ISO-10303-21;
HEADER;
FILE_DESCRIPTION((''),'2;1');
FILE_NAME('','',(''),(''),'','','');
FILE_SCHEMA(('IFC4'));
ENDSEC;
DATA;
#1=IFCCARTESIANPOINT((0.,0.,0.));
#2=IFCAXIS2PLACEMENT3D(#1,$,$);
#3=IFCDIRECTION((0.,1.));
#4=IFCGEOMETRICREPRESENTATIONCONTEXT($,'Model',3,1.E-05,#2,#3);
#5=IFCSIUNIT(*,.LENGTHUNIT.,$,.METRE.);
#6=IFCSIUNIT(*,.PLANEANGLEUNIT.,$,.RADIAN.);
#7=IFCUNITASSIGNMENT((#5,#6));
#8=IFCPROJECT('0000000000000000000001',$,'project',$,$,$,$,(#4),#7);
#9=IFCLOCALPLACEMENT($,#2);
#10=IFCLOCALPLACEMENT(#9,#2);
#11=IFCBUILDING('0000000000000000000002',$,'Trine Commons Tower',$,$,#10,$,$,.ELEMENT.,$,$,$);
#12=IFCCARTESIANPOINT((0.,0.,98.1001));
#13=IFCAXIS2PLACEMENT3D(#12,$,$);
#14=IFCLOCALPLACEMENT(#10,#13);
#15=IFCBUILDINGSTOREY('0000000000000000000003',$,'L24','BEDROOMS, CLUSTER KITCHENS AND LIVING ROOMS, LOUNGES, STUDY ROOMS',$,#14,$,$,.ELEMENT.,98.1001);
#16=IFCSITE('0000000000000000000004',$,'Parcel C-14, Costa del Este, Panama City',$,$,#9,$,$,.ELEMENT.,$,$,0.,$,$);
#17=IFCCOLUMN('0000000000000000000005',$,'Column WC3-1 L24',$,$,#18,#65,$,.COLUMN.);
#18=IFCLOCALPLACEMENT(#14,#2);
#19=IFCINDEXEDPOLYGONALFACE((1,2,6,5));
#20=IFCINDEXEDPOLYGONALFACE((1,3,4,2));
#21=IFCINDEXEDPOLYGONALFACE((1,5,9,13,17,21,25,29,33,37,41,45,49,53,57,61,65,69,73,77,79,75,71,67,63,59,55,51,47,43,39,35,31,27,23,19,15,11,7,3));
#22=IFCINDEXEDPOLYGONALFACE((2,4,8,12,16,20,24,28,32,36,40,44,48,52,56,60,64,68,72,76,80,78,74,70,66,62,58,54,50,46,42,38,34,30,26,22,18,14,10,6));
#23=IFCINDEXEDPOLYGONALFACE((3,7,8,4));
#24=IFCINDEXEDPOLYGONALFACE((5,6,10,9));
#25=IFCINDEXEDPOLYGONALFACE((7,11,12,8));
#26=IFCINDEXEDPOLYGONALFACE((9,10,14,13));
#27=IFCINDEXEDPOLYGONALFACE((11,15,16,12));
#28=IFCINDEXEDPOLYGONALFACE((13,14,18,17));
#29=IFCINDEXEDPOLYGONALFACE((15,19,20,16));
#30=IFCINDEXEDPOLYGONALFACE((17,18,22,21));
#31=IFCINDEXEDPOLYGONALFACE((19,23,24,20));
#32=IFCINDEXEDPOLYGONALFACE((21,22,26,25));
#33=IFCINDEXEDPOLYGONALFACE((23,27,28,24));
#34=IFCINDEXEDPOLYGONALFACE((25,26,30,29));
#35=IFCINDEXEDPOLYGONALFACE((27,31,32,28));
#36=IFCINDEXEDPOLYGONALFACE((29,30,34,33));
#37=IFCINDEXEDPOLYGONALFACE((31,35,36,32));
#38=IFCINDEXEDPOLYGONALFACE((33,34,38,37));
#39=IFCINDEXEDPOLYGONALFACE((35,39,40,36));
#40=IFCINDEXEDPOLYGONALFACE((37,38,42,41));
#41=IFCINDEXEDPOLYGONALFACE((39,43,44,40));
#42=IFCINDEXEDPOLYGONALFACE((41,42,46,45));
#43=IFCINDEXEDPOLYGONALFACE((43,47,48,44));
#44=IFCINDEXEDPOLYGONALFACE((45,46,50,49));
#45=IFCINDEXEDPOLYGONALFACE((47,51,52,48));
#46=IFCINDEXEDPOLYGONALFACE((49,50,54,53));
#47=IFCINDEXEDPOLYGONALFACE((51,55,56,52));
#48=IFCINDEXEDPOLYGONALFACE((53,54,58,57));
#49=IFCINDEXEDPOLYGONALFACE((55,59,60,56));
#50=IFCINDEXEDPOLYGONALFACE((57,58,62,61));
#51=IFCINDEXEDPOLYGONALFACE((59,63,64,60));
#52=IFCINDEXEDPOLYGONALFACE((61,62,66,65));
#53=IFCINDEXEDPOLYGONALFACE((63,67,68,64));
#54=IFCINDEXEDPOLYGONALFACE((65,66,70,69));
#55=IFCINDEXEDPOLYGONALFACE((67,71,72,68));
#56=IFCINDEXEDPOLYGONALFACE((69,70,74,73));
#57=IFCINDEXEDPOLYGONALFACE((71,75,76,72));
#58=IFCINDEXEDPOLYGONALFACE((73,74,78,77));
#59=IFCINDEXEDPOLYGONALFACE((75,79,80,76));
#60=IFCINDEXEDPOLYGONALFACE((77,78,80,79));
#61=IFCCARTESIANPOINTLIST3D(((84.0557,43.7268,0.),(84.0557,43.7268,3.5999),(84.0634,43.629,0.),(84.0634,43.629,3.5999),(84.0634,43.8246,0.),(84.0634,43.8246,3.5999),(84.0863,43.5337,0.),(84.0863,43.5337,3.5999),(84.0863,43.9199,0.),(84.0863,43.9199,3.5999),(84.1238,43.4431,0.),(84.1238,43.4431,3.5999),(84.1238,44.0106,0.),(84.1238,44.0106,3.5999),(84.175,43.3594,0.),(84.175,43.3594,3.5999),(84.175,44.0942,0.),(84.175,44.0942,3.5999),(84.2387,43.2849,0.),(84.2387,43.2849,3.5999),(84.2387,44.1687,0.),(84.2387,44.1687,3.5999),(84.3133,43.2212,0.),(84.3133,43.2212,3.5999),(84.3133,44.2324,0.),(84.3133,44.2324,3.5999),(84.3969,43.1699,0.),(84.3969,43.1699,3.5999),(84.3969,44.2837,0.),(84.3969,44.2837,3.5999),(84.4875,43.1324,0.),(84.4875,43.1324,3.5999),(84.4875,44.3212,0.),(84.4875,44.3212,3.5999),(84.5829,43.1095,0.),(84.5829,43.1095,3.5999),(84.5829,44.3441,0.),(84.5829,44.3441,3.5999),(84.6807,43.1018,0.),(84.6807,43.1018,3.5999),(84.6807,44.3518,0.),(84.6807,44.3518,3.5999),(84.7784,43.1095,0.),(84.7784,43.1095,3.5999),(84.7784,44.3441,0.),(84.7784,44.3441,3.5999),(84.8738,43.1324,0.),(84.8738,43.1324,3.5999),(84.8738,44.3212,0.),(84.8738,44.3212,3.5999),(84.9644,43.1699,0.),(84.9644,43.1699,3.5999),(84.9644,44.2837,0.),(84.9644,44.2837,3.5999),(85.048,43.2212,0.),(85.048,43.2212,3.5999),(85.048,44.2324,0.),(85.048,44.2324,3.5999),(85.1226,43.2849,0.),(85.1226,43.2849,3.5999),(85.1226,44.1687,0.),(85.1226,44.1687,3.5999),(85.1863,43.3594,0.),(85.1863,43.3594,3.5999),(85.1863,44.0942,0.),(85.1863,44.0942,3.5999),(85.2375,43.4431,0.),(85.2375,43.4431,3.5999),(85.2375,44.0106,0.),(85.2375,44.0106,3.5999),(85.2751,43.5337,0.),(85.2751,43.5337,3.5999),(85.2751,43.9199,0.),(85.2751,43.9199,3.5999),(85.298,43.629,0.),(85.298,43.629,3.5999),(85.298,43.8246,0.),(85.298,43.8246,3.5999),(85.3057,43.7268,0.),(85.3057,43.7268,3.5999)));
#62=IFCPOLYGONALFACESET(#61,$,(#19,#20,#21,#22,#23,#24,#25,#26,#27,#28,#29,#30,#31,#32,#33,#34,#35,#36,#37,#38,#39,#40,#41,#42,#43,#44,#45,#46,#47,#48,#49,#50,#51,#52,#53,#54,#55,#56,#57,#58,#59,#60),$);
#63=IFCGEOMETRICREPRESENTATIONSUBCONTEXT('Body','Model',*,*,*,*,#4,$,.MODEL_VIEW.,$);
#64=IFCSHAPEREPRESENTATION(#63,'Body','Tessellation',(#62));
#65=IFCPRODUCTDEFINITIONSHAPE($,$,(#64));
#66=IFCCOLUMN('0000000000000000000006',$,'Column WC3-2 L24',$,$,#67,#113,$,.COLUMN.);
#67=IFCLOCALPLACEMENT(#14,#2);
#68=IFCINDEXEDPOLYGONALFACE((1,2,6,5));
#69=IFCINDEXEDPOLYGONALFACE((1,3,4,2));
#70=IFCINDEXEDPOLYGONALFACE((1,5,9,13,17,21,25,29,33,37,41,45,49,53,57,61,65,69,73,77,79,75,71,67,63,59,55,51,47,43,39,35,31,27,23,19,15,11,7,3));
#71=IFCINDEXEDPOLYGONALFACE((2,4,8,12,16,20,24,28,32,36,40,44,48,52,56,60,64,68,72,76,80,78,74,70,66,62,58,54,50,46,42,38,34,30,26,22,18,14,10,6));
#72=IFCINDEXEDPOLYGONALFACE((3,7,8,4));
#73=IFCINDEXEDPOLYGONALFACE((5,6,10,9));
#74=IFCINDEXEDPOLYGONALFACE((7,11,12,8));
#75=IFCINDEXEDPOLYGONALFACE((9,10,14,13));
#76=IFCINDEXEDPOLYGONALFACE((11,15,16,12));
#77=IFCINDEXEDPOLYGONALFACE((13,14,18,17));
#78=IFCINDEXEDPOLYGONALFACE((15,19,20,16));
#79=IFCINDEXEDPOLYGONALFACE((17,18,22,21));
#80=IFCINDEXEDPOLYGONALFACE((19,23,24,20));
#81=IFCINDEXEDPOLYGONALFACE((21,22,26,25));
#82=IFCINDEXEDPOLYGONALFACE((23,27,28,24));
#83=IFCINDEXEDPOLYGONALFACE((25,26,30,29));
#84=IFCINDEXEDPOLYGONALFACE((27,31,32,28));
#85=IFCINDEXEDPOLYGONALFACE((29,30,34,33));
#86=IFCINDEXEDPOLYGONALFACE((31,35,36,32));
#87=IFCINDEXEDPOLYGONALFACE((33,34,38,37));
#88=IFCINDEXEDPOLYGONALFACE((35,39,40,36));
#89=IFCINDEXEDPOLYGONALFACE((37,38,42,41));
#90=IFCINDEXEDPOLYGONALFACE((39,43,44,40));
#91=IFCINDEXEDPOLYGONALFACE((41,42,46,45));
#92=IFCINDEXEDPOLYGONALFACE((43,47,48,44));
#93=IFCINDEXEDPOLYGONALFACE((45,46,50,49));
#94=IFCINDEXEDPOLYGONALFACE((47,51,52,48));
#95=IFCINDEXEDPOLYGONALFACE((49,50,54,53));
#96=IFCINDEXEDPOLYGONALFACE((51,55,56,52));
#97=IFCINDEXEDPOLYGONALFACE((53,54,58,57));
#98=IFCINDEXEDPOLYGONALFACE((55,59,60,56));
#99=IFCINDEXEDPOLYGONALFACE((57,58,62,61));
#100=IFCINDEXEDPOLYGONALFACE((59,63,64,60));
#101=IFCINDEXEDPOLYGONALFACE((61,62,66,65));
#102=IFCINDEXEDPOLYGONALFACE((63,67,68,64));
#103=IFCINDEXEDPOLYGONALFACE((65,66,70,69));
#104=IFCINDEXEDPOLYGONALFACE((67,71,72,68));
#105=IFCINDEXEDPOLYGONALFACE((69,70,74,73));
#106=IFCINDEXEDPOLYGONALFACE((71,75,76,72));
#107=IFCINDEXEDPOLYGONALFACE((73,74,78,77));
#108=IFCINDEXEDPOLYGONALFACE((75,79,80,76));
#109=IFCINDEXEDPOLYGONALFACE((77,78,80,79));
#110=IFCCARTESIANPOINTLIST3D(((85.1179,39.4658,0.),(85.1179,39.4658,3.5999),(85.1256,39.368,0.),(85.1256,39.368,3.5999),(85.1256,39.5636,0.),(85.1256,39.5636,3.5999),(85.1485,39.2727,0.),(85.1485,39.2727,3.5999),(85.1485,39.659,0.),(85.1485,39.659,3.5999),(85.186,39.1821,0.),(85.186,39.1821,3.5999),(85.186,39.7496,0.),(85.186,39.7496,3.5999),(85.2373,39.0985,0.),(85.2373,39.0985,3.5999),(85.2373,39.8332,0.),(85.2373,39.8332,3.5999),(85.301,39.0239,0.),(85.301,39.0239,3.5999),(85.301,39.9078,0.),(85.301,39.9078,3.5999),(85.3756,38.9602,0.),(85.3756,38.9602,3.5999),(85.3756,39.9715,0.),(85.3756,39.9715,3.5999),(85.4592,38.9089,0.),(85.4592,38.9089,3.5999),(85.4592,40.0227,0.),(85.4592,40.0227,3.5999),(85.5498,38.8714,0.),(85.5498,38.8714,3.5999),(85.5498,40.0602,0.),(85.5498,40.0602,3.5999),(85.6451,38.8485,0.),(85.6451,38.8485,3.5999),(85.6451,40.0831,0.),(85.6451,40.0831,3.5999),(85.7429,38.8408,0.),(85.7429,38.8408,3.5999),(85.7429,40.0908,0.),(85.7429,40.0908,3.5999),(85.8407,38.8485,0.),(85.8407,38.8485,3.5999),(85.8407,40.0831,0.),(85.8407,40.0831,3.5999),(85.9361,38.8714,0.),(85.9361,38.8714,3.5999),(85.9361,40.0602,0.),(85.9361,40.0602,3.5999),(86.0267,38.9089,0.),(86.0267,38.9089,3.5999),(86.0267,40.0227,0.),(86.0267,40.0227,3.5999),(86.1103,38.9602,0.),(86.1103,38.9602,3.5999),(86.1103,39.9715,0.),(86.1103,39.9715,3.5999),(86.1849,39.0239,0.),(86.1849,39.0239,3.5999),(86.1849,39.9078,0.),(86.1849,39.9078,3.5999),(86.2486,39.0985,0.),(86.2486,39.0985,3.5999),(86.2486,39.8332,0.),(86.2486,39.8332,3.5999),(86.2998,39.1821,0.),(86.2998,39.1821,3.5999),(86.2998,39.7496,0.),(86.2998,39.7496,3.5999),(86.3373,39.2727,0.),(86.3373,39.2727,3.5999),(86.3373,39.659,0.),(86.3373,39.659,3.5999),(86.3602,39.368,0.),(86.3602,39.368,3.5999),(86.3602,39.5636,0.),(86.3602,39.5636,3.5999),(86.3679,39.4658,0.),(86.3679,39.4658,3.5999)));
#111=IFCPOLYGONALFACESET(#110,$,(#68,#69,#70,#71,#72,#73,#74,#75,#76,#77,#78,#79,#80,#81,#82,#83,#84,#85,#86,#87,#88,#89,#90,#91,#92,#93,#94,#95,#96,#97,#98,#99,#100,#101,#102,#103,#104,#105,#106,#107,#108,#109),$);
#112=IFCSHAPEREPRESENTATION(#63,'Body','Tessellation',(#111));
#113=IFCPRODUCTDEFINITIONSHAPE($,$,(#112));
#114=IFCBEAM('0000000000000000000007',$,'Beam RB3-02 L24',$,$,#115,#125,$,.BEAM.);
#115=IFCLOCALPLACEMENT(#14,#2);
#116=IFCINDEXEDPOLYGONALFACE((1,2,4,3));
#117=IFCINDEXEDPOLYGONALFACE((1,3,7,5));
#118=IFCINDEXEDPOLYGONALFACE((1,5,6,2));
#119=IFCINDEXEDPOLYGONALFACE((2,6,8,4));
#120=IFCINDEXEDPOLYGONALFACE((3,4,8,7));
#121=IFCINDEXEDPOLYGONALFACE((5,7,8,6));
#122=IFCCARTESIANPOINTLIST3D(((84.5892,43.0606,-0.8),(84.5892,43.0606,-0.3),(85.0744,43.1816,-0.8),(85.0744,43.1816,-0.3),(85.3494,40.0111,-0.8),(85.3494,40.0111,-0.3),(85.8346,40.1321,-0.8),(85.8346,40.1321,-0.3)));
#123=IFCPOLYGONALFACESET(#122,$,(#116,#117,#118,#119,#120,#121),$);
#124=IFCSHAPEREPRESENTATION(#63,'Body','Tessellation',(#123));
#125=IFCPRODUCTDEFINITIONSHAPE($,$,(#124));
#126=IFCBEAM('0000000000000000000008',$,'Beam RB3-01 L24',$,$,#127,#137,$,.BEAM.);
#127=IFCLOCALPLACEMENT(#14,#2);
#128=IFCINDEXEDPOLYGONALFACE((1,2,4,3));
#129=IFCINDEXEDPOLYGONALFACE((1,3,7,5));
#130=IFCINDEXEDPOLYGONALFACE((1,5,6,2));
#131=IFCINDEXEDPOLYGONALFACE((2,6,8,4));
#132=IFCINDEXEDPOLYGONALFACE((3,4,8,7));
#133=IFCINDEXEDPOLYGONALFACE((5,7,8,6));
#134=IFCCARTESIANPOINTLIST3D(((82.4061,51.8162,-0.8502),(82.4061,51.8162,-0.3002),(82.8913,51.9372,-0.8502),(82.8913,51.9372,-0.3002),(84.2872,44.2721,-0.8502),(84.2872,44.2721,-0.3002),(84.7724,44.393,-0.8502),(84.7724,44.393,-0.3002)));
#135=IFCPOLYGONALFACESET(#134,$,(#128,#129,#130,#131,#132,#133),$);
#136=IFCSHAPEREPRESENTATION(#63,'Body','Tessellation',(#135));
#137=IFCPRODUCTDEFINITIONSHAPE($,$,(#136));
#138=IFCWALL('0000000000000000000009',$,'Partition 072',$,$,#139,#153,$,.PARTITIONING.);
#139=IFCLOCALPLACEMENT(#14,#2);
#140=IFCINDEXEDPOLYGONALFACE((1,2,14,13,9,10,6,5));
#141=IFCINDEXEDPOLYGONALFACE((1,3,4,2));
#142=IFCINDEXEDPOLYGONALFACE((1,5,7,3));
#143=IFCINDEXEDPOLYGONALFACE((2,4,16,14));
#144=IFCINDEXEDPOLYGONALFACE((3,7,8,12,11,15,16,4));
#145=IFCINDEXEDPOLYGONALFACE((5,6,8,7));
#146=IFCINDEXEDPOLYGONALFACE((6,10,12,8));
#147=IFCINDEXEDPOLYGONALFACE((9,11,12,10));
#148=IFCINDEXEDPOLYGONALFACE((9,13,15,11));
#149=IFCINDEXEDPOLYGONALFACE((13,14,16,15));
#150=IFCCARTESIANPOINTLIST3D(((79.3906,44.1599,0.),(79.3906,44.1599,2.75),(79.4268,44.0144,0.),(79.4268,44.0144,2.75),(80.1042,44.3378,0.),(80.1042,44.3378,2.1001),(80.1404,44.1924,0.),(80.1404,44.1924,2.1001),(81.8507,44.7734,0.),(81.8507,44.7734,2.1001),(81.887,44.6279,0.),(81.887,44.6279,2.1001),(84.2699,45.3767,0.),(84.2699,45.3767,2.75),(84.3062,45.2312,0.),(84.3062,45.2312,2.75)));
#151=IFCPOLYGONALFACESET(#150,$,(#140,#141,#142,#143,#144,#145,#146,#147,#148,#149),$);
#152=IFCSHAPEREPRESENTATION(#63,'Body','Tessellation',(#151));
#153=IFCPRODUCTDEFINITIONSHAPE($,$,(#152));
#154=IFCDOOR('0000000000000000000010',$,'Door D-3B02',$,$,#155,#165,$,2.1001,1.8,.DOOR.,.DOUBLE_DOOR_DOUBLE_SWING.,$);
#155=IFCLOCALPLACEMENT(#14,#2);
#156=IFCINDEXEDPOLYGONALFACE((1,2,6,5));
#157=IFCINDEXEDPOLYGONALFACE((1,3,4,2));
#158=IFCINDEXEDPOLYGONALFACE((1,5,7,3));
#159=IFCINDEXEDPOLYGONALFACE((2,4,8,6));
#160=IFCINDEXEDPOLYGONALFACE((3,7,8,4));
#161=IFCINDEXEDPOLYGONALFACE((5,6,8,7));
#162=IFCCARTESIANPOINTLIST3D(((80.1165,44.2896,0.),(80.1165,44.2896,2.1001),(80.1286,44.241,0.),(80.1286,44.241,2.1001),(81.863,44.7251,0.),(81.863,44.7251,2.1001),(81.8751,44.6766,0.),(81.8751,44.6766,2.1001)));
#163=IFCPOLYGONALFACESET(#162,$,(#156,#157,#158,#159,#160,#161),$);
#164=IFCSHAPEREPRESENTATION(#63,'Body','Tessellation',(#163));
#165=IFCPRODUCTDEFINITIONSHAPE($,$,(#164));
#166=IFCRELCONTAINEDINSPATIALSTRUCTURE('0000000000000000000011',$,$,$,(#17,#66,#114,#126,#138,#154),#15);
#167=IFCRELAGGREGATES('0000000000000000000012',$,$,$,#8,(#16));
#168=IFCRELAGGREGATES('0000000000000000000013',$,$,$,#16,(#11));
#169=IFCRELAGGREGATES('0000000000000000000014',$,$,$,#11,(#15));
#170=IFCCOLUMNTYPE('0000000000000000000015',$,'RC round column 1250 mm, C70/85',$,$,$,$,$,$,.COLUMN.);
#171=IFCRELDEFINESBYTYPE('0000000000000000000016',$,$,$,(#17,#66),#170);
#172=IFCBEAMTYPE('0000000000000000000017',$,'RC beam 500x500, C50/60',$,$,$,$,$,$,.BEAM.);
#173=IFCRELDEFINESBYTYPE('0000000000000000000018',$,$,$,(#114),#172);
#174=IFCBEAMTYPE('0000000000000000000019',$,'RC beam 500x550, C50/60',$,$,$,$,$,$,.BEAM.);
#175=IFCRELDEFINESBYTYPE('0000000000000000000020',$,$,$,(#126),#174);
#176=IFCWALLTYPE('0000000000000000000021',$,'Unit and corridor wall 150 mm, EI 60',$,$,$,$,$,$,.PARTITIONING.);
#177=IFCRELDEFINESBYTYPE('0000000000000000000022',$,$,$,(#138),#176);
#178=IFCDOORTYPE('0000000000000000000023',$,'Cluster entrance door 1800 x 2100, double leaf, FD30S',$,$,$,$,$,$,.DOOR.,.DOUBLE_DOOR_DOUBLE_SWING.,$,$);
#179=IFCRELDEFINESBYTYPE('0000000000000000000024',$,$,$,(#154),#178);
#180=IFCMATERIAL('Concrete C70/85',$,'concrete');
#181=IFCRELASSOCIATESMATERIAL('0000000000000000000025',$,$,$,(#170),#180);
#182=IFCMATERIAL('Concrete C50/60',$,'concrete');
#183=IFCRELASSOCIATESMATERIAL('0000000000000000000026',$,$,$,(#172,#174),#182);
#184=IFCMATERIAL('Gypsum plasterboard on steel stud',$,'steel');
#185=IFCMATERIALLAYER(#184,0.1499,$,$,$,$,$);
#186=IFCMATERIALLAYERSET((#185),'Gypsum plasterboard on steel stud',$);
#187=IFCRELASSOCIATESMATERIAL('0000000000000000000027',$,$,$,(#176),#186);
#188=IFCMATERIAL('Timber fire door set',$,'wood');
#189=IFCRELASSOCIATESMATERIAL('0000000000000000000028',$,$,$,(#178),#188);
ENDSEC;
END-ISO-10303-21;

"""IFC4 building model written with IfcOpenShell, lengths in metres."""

from ifc_helpers import new_model, si_unit, direction, frame, frame_2d, origin, origin_2d, place, context, subcontext, project, spatial, rectangle, circle, extrude, material, layer, layer_set, material_profile, profile_set, type_object, element, fill, save


model = new_model("IFC4")

# Units and contexts
model_context = context("Model", 3, precision=1e-05, world=origin(), true_north=direction((0.0, 1.0)))
body_context = subcontext(model_context, "Body", "Model", "MODEL_VIEW")
ifc_project = project(units=[si_unit("LENGTHUNIT", "METRE"), si_unit("PLANEANGLEUNIT", "RADIAN")], contexts=[model_context])

# Site, building, storey
site_placement = place(None, origin())
site = spatial("IfcSite", under=ifc_project, at=site_placement, Name="Parcel C-14, Costa del Este, Panama City", CompositionType="ELEMENT", RefElevation=0.0)
building_placement = place(site_placement, origin())
building = spatial("IfcBuilding", under=site, at=building_placement, Name="Trine Commons Tower", CompositionType="ELEMENT")
storey_placement = place(building_placement, frame((0.0, 0.0, 98.1001)))
storey = spatial("IfcBuildingStorey", under=building, at=storey_placement, Name="L24", Description="BEDROOMS, CLUSTER KITCHENS AND LIVING ROOMS, LOUNGES, STUDY ROOMS", CompositionType="ELEMENT", Elevation=98.1001)

# Columns
ifc_material_1 = material(Name="Concrete C70/85", Category="concrete")
ifc_material_profile_1 = material_profile(ifc_material_1, circle(Radius=0.625, at=origin_2d()), Name="RC round 1250")
ifc_profile_set_1 = profile_set([ifc_material_profile_1], Name="Concrete C70/85")
column_type = type_object("IfcColumnType", Name="RC round column 1250 mm, C70/85", PredefinedType="COLUMN", material=ifc_profile_set_1)
for number, where, z_axis, x_axis, name in (
    (1, (84.6807, 43.7268, 0.0), (0.0, 0.0, 1.0), (1.0, 0.0, 0.0), "Column WC3-1 L24"),
    (2, (85.7429, 39.4658, 0.0), (0.0, 0.0, 1.0), (1.0, 0.0, 0.0), "Column WC3-2 L24"),
):
    element("IfcColumn", number, at=place(storey_placement, frame(where, z_axis=z_axis, x_axis=x_axis)), inside=storey, type_object=column_type, Name=name, PredefinedType="COLUMN", context=body_context, shape_type="SweptSolid", body=[
        extrude(circle(Radius=0.625, at=origin_2d()), origin(), (0.0, 0.0, 1.0), 3.5999),
    ])

# Beams
ifc_material_2 = material(Name="Concrete C50/60", Category="concrete")
ifc_material_profile_2 = material_profile(ifc_material_2, rectangle(XDim=0.5, YDim=0.5, at=origin_2d()), Name="RC 500x500")
ifc_profile_set_2 = profile_set([ifc_material_profile_2], Name="Concrete C50/60")
beam_type_1 = type_object("IfcBeamType", Name="RC beam 500x500, C50/60", PredefinedType="BEAM", material=ifc_profile_set_2)
beam_1_placement = place(storey_placement, frame((84.8318, 43.1211, -0.55), z_axis=(0.241896, -0.970302, 0.0), x_axis=(0.970302, 0.241896, 0.0)))
element("IfcBeam", 3, at=beam_1_placement, inside=storey, type_object=beam_type_1, Name="Beam RB3-02 L24", PredefinedType="BEAM", context=body_context, shape_type="SweptSolid", body=[
    extrude(rectangle(XDim=0.5, YDim=0.5, at=origin_2d()), origin(), (0.0, 0.0, 1.0), 3.1428),
])
ifc_material_profile_3 = material_profile(ifc_material_2, rectangle(XDim=0.5, YDim=0.55, at=origin_2d()), Name="RC 500x550")
ifc_profile_set_3 = profile_set([ifc_material_profile_3], Name="Concrete C50/60")
beam_type_2 = type_object("IfcBeamType", Name="RC beam 500x550, C50/60", PredefinedType="BEAM", material=ifc_profile_set_3)
beam_2_placement = place(storey_placement, frame((82.6487, 51.8767, -0.5752), z_axis=(0.241937, -0.970292, 0.0), x_axis=(0.970292, 0.241937, 0.0)))
element("IfcBeam", 4, at=beam_2_placement, inside=storey, type_object=beam_type_2, Name="Beam RB3-01 L24", PredefinedType="BEAM", context=body_context, shape_type="SweptSolid", body=[
    extrude(rectangle(XDim=0.5, YDim=0.55, at=origin_2d()), origin(), (0.0, 0.0, 1.0), 7.7751),
])

# Wall, opening, door
ifc_material_3 = material(Name="Gypsum plasterboard on steel stud", Category="steel")
ifc_layer = layer(ifc_material_3, 0.1499)
ifc_layer_set = layer_set([ifc_layer], Name="Gypsum plasterboard on steel stud")
wall_type = type_object("IfcWallType", Name="Unit and corridor wall 150 mm, EI 60", PredefinedType="PARTITIONING", material=ifc_layer_set)
wall_1_placement = place(storey_placement, frame((79.4087, 44.0872, 0.0), z_axis=(0.0, 0.0, 1.0), x_axis=(0.970285, 0.241964, 0.0)))
wall_1 = element("IfcWall", 5, at=wall_1_placement, inside=storey, type_object=wall_type, Name="Partition 072", PredefinedType="PARTITIONING", context=body_context, shape_type="SweptSolid", body=[
    extrude(rectangle(XDim=5.0288, YDim=0.1499, at=frame_2d((2.5144, 0.0))), origin(), (0.0, 0.0, 1.0), 2.75),
])
opening_1_placement = place(wall_1_placement, frame((0.7356, 0.0, 0.0)))
opening_1 = element("IfcOpeningElement", 6, at=opening_1_placement, cuts=wall_1, PredefinedType="OPENING", context=body_context, shape_type="SweptSolid", body=[
    extrude(rectangle(XDim=1.8, YDim=2.1001, at=frame_2d((0.8999, 1.05))), frame((0.0, 0.085, 0.0), z_axis=(0.0, -1.0, 0.0), x_axis=(1.0, 0.0, 0.0)), (0.0, 0.0, 1.0), 0.1699),
])
ifc_material_4 = material(Name="Timber fire door set", Category="wood")
door_type_1 = type_object("IfcDoorType", Name="Cluster entrance door 1800 x 2100, double leaf, FD30S", OperationType="DOUBLE_DOOR_DOUBLE_SWING", PredefinedType="DOOR", material=ifc_material_4)
door_1_placement = place(opening_1_placement, frame((1.8, 0.0, 0.0), z_axis=(0.0, 0.0, 1.0), x_axis=(-1.0, 0.0, 0.0)))
door_1 = element("IfcDoor", 7, at=door_1_placement, inside=storey, type_object=door_type_1, Name="Door D-3B02", OperationType="DOUBLE_DOOR_DOUBLE_SWING", OverallHeight=2.1001, OverallWidth=1.8, PredefinedType="DOOR", context=body_context, shape_type="SweptSolid", body=[
    extrude(rectangle(XDim=1.8, YDim=2.1001, at=frame_2d((0.8999, 1.05))), frame((0.0, 0.0249, 0.0), z_axis=(0.0, -1.0, 0.0), x_axis=(1.0, 0.0, 0.0)), (0.0, 0.0, 1.0), 0.05),
])
fill(opening_1, door_1)

save(model, "model.ifc")
